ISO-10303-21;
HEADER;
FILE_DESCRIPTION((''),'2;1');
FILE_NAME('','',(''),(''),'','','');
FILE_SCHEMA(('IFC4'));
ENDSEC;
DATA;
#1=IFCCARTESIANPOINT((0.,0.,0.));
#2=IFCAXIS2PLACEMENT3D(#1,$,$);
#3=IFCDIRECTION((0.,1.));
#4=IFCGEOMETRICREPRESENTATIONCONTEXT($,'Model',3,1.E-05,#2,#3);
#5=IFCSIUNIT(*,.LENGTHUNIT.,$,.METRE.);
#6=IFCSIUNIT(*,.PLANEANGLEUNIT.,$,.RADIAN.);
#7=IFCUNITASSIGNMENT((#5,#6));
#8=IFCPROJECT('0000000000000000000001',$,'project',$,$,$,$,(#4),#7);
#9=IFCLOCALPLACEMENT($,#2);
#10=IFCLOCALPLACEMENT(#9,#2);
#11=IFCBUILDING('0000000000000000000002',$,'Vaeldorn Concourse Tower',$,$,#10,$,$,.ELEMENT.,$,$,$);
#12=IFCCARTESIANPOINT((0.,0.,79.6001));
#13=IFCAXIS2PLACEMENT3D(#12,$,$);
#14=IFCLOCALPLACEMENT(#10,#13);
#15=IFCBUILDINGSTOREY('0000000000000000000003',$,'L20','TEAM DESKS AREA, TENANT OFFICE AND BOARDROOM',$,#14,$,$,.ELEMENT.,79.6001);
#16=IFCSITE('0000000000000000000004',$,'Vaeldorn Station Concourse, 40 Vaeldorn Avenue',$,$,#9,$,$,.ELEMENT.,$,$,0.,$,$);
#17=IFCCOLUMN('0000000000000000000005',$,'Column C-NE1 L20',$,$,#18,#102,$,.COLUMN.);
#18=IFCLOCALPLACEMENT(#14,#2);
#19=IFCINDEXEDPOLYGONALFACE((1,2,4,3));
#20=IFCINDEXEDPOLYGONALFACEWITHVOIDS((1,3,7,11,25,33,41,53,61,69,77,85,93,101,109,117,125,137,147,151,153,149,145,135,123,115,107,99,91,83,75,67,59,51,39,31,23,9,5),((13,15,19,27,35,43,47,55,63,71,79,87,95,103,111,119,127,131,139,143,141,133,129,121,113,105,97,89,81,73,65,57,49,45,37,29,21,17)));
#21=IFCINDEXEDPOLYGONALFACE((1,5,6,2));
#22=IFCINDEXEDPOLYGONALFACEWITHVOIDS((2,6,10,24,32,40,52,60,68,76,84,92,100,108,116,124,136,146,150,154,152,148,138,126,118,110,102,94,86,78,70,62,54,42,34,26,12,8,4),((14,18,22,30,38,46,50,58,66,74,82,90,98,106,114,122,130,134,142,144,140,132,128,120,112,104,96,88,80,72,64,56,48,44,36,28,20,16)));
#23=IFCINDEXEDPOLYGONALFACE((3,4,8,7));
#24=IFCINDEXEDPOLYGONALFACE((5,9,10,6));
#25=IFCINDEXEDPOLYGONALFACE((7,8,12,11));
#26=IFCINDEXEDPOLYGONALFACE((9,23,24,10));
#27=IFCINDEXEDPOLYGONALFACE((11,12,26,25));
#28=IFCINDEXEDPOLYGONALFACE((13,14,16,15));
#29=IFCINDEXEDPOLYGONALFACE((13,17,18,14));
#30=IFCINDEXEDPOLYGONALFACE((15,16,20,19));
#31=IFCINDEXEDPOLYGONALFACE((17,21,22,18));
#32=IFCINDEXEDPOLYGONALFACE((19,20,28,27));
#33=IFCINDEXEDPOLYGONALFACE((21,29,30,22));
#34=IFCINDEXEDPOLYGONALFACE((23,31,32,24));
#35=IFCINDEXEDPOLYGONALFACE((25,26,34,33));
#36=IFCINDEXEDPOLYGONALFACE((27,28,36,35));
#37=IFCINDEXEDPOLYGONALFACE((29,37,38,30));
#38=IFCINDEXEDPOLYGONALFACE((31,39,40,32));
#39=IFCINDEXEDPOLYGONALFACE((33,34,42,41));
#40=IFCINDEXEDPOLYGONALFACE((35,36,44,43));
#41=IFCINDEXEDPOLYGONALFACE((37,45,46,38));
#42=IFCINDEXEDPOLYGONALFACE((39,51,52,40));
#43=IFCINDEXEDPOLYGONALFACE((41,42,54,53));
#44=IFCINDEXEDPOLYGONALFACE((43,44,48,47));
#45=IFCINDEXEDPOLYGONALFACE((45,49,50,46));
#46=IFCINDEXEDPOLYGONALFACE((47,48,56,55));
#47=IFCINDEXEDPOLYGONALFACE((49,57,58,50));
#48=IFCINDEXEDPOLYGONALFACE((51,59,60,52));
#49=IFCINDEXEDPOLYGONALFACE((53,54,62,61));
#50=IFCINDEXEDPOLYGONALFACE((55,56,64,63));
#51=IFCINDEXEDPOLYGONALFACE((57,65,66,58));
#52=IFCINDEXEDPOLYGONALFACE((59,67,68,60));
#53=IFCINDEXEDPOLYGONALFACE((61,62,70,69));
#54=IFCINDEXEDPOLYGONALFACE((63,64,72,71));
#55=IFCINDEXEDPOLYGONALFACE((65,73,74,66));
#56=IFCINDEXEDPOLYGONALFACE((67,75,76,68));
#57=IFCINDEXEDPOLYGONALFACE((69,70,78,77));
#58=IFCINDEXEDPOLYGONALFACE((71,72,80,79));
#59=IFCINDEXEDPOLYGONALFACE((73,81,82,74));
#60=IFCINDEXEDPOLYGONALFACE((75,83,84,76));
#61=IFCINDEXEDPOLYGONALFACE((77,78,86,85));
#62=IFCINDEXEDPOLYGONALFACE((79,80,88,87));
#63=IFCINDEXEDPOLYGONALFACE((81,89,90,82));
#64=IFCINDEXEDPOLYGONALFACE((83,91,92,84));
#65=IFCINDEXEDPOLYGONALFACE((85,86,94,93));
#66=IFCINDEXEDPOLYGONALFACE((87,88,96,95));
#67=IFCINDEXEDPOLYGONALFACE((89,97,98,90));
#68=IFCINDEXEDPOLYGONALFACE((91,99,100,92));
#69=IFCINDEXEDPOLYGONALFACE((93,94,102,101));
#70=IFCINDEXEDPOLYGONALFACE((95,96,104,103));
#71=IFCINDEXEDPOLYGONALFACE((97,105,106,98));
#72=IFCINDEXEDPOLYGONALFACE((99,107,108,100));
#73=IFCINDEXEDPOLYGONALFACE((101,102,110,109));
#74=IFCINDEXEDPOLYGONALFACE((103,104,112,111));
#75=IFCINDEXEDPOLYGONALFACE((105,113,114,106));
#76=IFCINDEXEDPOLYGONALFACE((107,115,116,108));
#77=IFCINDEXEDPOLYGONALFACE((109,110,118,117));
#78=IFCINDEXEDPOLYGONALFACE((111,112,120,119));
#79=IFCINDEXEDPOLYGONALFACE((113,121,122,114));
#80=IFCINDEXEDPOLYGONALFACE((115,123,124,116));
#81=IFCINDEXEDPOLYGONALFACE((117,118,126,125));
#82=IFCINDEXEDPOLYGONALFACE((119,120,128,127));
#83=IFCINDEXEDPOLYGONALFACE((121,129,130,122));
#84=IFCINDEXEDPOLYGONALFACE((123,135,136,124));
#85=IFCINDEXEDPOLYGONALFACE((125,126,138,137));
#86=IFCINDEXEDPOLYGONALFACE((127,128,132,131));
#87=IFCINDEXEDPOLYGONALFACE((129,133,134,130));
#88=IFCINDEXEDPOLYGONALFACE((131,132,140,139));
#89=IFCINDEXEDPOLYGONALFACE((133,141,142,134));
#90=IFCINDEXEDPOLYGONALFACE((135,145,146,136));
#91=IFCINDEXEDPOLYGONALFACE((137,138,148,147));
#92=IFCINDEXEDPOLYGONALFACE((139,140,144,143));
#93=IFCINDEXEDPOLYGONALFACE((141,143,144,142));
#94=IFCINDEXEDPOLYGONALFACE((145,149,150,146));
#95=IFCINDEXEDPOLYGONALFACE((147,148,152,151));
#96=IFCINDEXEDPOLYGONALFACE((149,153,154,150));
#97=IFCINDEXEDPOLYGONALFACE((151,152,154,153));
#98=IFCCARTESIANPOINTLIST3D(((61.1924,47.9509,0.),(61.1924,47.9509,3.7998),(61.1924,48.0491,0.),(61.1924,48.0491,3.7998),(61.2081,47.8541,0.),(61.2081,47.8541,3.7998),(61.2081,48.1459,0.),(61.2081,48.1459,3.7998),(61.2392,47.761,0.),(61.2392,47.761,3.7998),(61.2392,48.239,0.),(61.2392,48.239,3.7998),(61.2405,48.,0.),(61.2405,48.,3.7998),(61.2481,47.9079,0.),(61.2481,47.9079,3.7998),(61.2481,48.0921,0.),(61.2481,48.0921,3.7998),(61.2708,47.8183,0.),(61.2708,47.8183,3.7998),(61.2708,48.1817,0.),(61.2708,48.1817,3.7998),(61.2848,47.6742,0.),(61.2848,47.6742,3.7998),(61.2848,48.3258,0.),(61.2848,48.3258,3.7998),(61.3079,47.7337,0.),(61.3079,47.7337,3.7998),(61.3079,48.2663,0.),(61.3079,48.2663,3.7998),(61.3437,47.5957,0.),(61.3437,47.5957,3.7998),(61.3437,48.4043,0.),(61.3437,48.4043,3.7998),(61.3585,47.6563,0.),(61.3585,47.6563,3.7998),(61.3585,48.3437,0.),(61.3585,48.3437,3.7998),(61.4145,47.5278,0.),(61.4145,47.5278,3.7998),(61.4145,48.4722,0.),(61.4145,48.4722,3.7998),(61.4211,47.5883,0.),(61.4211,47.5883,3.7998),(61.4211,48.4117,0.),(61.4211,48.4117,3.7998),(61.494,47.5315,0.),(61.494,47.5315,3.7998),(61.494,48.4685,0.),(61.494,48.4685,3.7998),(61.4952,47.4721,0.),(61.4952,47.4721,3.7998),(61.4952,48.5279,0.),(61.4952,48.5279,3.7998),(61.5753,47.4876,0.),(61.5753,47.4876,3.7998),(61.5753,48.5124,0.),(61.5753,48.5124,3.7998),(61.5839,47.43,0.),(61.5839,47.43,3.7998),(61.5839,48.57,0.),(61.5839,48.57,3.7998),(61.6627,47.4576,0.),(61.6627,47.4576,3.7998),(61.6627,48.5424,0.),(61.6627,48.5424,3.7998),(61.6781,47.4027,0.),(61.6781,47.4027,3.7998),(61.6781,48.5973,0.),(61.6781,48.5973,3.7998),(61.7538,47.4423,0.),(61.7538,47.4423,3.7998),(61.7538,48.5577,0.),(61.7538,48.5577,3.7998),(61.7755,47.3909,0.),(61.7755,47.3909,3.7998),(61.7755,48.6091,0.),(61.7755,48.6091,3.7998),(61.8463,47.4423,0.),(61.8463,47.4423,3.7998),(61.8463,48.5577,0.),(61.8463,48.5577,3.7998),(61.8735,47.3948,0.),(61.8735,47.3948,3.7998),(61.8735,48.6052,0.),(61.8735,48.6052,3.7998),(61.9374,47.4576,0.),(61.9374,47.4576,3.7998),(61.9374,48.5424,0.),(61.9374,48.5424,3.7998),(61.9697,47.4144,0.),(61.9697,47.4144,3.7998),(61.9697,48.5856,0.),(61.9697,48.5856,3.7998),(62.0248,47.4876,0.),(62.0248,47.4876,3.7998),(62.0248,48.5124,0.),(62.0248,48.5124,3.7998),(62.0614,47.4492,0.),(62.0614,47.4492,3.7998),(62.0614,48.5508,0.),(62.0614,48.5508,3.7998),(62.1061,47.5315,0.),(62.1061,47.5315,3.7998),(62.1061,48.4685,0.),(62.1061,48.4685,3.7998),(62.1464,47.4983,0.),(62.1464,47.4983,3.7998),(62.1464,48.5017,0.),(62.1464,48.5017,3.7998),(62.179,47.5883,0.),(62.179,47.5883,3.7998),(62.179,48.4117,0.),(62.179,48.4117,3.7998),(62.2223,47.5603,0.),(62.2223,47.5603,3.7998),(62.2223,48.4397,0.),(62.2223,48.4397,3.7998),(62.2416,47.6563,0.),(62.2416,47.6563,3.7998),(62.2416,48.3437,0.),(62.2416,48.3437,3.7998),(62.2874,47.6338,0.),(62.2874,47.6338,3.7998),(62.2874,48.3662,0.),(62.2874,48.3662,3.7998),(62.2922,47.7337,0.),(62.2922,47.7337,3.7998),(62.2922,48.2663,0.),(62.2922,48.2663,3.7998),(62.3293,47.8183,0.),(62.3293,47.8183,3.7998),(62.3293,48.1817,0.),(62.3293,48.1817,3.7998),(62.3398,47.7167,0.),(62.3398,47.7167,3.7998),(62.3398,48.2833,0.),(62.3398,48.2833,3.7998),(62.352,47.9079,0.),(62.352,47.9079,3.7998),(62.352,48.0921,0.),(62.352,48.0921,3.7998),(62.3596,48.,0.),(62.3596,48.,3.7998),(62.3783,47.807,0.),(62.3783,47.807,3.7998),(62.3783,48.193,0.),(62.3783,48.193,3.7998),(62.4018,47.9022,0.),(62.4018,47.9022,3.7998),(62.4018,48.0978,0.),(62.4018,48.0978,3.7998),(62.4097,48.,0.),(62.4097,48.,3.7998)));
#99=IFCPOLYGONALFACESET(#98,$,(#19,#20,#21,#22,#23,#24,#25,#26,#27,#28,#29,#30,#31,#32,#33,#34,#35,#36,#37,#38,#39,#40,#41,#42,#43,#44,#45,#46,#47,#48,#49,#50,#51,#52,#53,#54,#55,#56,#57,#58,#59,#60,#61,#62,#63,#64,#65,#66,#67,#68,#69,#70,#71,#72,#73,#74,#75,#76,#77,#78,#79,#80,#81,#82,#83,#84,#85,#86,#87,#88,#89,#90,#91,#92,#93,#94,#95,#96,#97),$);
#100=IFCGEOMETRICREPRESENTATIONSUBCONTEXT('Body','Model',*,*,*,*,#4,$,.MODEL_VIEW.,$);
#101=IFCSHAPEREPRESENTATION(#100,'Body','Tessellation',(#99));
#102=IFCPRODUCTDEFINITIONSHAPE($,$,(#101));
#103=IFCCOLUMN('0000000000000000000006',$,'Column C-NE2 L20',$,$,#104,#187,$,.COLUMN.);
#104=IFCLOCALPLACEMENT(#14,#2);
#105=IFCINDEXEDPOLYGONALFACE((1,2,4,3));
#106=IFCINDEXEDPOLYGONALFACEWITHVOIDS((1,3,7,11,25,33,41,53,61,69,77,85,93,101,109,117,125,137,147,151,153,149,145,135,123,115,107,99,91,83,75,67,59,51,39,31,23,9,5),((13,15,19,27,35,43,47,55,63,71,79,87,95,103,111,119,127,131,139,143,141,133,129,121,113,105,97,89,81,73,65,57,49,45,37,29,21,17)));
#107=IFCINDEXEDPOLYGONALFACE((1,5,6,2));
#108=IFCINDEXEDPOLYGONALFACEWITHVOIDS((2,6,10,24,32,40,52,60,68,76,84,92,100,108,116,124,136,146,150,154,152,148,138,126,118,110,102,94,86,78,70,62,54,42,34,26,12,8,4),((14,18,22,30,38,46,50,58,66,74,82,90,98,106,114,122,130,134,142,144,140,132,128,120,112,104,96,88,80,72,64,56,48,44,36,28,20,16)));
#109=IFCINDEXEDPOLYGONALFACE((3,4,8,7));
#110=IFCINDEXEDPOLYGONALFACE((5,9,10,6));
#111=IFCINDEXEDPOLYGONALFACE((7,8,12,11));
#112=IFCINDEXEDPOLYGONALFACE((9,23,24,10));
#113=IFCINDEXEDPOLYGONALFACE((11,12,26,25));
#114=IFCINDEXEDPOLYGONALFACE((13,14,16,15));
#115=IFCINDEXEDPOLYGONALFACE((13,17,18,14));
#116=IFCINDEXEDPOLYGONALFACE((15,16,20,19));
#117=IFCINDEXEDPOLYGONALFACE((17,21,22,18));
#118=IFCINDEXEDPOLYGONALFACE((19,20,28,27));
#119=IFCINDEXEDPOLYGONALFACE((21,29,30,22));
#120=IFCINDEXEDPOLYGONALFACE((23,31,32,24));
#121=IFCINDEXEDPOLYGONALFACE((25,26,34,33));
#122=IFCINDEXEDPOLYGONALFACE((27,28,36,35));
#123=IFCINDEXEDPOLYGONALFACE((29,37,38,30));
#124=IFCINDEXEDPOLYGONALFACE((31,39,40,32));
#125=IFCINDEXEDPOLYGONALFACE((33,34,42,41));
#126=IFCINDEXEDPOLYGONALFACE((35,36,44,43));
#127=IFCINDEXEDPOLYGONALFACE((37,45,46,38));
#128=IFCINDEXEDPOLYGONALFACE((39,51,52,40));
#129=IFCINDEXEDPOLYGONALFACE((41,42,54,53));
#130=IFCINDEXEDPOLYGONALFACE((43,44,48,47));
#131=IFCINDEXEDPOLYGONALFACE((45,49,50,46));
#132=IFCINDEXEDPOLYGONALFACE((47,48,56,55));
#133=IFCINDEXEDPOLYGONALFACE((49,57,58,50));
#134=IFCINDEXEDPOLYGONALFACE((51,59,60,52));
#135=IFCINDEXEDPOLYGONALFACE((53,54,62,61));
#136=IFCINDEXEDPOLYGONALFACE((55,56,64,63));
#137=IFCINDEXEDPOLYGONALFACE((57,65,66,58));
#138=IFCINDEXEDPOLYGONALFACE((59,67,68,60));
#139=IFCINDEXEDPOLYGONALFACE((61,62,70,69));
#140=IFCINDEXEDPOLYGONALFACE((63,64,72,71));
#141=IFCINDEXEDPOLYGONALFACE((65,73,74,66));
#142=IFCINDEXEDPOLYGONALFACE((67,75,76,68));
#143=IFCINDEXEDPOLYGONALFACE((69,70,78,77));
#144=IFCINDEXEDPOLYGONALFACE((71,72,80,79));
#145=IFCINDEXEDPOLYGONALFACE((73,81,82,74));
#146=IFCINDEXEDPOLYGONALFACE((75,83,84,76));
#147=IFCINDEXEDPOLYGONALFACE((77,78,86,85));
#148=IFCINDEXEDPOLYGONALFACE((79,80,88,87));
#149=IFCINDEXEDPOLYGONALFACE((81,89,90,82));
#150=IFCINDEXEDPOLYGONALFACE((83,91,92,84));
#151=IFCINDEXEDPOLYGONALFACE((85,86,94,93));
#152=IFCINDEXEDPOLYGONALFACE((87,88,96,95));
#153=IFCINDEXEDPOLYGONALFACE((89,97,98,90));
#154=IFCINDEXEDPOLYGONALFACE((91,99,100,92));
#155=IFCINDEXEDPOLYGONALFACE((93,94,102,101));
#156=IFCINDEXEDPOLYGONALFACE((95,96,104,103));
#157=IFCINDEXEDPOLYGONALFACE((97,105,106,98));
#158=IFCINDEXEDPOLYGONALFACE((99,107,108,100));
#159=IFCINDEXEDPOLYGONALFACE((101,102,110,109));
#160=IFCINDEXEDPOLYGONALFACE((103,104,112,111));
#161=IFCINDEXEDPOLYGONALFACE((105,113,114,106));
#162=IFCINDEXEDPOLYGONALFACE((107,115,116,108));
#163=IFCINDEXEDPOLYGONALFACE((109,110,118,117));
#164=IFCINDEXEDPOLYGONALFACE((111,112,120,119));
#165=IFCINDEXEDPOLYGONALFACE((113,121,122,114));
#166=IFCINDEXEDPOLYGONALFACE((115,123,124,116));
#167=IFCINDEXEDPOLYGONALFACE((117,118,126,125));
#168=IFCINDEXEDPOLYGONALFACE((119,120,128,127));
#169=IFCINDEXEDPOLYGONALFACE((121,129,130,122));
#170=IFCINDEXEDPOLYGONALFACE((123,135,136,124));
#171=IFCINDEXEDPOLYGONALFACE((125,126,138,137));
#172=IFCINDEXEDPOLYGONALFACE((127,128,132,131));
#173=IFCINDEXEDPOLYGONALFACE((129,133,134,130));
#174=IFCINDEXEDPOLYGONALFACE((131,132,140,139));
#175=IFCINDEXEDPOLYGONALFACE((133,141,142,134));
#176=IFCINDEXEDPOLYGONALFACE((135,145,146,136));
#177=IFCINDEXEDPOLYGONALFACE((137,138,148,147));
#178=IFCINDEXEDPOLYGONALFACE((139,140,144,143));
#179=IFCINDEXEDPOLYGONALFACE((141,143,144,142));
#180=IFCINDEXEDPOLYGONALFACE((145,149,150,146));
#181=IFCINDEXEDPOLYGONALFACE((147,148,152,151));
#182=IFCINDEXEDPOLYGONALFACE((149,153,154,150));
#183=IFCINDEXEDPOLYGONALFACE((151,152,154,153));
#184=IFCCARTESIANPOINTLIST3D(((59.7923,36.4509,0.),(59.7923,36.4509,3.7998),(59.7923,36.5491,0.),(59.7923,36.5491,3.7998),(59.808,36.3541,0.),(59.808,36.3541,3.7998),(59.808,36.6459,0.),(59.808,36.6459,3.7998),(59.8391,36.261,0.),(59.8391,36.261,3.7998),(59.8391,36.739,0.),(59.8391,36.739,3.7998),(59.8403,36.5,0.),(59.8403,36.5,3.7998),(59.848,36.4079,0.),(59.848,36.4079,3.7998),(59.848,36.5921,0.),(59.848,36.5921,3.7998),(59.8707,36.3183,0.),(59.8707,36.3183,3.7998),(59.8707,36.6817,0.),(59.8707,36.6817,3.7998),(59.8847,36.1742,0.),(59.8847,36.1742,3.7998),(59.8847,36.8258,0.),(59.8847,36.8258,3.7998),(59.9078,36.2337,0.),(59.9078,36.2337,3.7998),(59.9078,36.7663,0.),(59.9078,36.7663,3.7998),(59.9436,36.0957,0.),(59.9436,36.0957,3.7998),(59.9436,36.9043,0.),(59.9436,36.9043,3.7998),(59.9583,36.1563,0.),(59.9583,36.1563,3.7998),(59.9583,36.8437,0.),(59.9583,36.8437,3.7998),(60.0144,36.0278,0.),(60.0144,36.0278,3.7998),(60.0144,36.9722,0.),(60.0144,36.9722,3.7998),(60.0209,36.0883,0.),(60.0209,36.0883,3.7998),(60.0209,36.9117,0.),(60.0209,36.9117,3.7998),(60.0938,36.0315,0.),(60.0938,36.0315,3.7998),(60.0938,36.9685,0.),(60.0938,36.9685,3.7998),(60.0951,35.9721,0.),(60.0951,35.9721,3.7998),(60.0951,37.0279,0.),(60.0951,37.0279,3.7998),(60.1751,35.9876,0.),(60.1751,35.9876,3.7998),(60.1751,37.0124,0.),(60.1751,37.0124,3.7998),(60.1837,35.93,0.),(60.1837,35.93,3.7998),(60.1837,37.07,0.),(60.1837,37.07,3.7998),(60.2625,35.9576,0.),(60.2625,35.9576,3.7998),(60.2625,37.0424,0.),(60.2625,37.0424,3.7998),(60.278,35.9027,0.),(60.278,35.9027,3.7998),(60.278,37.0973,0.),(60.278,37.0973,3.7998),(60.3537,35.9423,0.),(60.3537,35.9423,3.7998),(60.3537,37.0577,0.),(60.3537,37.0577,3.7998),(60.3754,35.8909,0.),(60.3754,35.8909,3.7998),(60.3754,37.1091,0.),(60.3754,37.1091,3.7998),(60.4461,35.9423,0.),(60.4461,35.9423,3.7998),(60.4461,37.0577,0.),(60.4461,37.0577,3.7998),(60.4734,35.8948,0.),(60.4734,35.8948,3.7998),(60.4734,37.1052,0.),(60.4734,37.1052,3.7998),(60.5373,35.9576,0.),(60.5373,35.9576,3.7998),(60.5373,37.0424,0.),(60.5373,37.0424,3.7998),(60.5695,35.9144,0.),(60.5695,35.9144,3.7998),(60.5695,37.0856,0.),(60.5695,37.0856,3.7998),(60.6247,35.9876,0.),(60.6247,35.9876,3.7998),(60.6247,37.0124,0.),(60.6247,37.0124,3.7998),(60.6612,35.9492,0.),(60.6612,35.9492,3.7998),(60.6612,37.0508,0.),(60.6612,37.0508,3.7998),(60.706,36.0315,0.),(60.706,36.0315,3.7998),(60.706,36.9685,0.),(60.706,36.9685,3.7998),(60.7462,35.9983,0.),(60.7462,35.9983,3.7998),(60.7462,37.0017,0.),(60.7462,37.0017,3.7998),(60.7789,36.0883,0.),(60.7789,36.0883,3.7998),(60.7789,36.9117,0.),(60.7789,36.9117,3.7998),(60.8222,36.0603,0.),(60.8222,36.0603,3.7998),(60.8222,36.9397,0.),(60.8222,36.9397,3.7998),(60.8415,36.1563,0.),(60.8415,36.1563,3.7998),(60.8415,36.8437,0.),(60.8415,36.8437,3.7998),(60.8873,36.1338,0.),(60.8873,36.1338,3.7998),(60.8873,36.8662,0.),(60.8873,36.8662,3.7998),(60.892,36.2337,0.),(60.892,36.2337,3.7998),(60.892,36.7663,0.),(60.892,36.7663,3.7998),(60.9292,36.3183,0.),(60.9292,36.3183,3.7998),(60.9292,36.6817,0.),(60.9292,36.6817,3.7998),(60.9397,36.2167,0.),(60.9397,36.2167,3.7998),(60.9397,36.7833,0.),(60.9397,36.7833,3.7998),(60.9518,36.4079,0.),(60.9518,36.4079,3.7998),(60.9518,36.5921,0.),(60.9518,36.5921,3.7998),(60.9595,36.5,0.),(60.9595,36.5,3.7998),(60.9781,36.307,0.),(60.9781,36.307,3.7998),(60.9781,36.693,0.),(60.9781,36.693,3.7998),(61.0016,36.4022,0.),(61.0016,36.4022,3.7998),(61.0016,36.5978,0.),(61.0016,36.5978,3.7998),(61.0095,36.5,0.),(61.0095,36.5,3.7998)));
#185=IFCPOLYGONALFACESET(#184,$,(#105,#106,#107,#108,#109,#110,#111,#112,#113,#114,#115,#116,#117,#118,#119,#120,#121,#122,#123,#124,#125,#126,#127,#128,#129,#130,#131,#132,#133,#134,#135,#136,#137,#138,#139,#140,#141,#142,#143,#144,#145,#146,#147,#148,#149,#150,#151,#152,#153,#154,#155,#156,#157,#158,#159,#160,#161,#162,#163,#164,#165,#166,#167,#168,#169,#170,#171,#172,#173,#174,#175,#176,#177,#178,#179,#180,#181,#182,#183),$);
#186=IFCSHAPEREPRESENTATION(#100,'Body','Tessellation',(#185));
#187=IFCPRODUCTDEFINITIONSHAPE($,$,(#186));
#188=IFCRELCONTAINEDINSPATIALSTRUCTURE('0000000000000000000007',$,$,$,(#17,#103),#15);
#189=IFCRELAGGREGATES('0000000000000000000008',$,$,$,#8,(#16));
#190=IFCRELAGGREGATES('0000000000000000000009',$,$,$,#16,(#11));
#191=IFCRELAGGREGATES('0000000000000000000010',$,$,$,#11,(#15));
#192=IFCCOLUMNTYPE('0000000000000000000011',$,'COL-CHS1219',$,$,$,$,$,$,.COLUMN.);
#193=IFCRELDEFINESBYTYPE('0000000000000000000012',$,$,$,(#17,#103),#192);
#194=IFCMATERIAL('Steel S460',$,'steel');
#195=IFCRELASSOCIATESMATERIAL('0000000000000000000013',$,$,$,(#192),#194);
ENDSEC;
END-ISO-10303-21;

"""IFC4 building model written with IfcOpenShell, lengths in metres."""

from ifc_helpers import new_model, si_unit, direction, frame, origin, origin_2d, place, context, subcontext, project, spatial, hollow_circle, extrude, source, transform, mapped, material, material_profile, profile_set, type_object, element, save


model = new_model("IFC4")

# Units and contexts
model_context = context("Model", 3, precision=1e-05, world=origin(), true_north=direction((0.0, 1.0)))
body_context = subcontext(model_context, "Body", "Model", "MODEL_VIEW")
ifc_project = project(units=[si_unit("LENGTHUNIT", "METRE"), si_unit("PLANEANGLEUNIT", "RADIAN")], contexts=[model_context])

# Site, building, storey
site_placement = place(None, origin())
site = spatial("IfcSite", under=ifc_project, at=site_placement, Name="Vaeldorn Station Concourse, 40 Vaeldorn Avenue", CompositionType="ELEMENT", RefElevation=0.0)
building_placement = place(site_placement, origin())
building = spatial("IfcBuilding", under=site, at=building_placement, Name="Vaeldorn Concourse Tower", CompositionType="ELEMENT")
storey_placement = place(building_placement, frame((0.0, 0.0, 79.6001)))
storey = spatial("IfcBuildingStorey", under=building, at=storey_placement, Name="L20", Description="TEAM DESKS AREA, TENANT OFFICE AND BOARDROOM", CompositionType="ELEMENT", Elevation=79.6001)

# Columns
ifc_material_1 = material(Name="Steel S460", Category="steel")
ifc_material_profile_1 = material_profile(ifc_material_1, hollow_circle(Radius=0.6096, WallThickness=0.05, at=origin_2d()), Name="CHS 1219x50")
ifc_profile_set_1 = profile_set([ifc_material_profile_1], Name="Steel S460")
column_type = type_object("IfcColumnType", Name="COL-CHS1219", PredefinedType="COLUMN", material=ifc_profile_set_1)
shared_shape_1 = source(origin(), body_context, "Body", "SweptSolid", [
    extrude(hollow_circle(Radius=0.6096, WallThickness=0.05, at=origin_2d()), origin(), (0.0, 0.0, 1.0), 3.7998),
])
for number, where, z_axis, x_axis, name in (
    (1, (61.8, 48.0, 0.0), (0.0, 0.0, 1.0), (1.0, 0.0, 0.0), "Column C-NE1 L20"),
    (2, (60.3999, 36.5, 0.0), (0.0, 0.0, 1.0), (1.0, 0.0, 0.0), "Column C-NE2 L20"),
):
    element("IfcColumn", number, at=place(storey_placement, frame(where, z_axis=z_axis, x_axis=x_axis)), inside=storey, type_object=column_type, Name=name, PredefinedType="COLUMN", context=body_context, shape_type="MappedRepresentation", body=[
        mapped(shared_shape_1, transform((0.0, 0.0, 0.0), scale=1.0)),
    ])

save(model, "model.ifc")
